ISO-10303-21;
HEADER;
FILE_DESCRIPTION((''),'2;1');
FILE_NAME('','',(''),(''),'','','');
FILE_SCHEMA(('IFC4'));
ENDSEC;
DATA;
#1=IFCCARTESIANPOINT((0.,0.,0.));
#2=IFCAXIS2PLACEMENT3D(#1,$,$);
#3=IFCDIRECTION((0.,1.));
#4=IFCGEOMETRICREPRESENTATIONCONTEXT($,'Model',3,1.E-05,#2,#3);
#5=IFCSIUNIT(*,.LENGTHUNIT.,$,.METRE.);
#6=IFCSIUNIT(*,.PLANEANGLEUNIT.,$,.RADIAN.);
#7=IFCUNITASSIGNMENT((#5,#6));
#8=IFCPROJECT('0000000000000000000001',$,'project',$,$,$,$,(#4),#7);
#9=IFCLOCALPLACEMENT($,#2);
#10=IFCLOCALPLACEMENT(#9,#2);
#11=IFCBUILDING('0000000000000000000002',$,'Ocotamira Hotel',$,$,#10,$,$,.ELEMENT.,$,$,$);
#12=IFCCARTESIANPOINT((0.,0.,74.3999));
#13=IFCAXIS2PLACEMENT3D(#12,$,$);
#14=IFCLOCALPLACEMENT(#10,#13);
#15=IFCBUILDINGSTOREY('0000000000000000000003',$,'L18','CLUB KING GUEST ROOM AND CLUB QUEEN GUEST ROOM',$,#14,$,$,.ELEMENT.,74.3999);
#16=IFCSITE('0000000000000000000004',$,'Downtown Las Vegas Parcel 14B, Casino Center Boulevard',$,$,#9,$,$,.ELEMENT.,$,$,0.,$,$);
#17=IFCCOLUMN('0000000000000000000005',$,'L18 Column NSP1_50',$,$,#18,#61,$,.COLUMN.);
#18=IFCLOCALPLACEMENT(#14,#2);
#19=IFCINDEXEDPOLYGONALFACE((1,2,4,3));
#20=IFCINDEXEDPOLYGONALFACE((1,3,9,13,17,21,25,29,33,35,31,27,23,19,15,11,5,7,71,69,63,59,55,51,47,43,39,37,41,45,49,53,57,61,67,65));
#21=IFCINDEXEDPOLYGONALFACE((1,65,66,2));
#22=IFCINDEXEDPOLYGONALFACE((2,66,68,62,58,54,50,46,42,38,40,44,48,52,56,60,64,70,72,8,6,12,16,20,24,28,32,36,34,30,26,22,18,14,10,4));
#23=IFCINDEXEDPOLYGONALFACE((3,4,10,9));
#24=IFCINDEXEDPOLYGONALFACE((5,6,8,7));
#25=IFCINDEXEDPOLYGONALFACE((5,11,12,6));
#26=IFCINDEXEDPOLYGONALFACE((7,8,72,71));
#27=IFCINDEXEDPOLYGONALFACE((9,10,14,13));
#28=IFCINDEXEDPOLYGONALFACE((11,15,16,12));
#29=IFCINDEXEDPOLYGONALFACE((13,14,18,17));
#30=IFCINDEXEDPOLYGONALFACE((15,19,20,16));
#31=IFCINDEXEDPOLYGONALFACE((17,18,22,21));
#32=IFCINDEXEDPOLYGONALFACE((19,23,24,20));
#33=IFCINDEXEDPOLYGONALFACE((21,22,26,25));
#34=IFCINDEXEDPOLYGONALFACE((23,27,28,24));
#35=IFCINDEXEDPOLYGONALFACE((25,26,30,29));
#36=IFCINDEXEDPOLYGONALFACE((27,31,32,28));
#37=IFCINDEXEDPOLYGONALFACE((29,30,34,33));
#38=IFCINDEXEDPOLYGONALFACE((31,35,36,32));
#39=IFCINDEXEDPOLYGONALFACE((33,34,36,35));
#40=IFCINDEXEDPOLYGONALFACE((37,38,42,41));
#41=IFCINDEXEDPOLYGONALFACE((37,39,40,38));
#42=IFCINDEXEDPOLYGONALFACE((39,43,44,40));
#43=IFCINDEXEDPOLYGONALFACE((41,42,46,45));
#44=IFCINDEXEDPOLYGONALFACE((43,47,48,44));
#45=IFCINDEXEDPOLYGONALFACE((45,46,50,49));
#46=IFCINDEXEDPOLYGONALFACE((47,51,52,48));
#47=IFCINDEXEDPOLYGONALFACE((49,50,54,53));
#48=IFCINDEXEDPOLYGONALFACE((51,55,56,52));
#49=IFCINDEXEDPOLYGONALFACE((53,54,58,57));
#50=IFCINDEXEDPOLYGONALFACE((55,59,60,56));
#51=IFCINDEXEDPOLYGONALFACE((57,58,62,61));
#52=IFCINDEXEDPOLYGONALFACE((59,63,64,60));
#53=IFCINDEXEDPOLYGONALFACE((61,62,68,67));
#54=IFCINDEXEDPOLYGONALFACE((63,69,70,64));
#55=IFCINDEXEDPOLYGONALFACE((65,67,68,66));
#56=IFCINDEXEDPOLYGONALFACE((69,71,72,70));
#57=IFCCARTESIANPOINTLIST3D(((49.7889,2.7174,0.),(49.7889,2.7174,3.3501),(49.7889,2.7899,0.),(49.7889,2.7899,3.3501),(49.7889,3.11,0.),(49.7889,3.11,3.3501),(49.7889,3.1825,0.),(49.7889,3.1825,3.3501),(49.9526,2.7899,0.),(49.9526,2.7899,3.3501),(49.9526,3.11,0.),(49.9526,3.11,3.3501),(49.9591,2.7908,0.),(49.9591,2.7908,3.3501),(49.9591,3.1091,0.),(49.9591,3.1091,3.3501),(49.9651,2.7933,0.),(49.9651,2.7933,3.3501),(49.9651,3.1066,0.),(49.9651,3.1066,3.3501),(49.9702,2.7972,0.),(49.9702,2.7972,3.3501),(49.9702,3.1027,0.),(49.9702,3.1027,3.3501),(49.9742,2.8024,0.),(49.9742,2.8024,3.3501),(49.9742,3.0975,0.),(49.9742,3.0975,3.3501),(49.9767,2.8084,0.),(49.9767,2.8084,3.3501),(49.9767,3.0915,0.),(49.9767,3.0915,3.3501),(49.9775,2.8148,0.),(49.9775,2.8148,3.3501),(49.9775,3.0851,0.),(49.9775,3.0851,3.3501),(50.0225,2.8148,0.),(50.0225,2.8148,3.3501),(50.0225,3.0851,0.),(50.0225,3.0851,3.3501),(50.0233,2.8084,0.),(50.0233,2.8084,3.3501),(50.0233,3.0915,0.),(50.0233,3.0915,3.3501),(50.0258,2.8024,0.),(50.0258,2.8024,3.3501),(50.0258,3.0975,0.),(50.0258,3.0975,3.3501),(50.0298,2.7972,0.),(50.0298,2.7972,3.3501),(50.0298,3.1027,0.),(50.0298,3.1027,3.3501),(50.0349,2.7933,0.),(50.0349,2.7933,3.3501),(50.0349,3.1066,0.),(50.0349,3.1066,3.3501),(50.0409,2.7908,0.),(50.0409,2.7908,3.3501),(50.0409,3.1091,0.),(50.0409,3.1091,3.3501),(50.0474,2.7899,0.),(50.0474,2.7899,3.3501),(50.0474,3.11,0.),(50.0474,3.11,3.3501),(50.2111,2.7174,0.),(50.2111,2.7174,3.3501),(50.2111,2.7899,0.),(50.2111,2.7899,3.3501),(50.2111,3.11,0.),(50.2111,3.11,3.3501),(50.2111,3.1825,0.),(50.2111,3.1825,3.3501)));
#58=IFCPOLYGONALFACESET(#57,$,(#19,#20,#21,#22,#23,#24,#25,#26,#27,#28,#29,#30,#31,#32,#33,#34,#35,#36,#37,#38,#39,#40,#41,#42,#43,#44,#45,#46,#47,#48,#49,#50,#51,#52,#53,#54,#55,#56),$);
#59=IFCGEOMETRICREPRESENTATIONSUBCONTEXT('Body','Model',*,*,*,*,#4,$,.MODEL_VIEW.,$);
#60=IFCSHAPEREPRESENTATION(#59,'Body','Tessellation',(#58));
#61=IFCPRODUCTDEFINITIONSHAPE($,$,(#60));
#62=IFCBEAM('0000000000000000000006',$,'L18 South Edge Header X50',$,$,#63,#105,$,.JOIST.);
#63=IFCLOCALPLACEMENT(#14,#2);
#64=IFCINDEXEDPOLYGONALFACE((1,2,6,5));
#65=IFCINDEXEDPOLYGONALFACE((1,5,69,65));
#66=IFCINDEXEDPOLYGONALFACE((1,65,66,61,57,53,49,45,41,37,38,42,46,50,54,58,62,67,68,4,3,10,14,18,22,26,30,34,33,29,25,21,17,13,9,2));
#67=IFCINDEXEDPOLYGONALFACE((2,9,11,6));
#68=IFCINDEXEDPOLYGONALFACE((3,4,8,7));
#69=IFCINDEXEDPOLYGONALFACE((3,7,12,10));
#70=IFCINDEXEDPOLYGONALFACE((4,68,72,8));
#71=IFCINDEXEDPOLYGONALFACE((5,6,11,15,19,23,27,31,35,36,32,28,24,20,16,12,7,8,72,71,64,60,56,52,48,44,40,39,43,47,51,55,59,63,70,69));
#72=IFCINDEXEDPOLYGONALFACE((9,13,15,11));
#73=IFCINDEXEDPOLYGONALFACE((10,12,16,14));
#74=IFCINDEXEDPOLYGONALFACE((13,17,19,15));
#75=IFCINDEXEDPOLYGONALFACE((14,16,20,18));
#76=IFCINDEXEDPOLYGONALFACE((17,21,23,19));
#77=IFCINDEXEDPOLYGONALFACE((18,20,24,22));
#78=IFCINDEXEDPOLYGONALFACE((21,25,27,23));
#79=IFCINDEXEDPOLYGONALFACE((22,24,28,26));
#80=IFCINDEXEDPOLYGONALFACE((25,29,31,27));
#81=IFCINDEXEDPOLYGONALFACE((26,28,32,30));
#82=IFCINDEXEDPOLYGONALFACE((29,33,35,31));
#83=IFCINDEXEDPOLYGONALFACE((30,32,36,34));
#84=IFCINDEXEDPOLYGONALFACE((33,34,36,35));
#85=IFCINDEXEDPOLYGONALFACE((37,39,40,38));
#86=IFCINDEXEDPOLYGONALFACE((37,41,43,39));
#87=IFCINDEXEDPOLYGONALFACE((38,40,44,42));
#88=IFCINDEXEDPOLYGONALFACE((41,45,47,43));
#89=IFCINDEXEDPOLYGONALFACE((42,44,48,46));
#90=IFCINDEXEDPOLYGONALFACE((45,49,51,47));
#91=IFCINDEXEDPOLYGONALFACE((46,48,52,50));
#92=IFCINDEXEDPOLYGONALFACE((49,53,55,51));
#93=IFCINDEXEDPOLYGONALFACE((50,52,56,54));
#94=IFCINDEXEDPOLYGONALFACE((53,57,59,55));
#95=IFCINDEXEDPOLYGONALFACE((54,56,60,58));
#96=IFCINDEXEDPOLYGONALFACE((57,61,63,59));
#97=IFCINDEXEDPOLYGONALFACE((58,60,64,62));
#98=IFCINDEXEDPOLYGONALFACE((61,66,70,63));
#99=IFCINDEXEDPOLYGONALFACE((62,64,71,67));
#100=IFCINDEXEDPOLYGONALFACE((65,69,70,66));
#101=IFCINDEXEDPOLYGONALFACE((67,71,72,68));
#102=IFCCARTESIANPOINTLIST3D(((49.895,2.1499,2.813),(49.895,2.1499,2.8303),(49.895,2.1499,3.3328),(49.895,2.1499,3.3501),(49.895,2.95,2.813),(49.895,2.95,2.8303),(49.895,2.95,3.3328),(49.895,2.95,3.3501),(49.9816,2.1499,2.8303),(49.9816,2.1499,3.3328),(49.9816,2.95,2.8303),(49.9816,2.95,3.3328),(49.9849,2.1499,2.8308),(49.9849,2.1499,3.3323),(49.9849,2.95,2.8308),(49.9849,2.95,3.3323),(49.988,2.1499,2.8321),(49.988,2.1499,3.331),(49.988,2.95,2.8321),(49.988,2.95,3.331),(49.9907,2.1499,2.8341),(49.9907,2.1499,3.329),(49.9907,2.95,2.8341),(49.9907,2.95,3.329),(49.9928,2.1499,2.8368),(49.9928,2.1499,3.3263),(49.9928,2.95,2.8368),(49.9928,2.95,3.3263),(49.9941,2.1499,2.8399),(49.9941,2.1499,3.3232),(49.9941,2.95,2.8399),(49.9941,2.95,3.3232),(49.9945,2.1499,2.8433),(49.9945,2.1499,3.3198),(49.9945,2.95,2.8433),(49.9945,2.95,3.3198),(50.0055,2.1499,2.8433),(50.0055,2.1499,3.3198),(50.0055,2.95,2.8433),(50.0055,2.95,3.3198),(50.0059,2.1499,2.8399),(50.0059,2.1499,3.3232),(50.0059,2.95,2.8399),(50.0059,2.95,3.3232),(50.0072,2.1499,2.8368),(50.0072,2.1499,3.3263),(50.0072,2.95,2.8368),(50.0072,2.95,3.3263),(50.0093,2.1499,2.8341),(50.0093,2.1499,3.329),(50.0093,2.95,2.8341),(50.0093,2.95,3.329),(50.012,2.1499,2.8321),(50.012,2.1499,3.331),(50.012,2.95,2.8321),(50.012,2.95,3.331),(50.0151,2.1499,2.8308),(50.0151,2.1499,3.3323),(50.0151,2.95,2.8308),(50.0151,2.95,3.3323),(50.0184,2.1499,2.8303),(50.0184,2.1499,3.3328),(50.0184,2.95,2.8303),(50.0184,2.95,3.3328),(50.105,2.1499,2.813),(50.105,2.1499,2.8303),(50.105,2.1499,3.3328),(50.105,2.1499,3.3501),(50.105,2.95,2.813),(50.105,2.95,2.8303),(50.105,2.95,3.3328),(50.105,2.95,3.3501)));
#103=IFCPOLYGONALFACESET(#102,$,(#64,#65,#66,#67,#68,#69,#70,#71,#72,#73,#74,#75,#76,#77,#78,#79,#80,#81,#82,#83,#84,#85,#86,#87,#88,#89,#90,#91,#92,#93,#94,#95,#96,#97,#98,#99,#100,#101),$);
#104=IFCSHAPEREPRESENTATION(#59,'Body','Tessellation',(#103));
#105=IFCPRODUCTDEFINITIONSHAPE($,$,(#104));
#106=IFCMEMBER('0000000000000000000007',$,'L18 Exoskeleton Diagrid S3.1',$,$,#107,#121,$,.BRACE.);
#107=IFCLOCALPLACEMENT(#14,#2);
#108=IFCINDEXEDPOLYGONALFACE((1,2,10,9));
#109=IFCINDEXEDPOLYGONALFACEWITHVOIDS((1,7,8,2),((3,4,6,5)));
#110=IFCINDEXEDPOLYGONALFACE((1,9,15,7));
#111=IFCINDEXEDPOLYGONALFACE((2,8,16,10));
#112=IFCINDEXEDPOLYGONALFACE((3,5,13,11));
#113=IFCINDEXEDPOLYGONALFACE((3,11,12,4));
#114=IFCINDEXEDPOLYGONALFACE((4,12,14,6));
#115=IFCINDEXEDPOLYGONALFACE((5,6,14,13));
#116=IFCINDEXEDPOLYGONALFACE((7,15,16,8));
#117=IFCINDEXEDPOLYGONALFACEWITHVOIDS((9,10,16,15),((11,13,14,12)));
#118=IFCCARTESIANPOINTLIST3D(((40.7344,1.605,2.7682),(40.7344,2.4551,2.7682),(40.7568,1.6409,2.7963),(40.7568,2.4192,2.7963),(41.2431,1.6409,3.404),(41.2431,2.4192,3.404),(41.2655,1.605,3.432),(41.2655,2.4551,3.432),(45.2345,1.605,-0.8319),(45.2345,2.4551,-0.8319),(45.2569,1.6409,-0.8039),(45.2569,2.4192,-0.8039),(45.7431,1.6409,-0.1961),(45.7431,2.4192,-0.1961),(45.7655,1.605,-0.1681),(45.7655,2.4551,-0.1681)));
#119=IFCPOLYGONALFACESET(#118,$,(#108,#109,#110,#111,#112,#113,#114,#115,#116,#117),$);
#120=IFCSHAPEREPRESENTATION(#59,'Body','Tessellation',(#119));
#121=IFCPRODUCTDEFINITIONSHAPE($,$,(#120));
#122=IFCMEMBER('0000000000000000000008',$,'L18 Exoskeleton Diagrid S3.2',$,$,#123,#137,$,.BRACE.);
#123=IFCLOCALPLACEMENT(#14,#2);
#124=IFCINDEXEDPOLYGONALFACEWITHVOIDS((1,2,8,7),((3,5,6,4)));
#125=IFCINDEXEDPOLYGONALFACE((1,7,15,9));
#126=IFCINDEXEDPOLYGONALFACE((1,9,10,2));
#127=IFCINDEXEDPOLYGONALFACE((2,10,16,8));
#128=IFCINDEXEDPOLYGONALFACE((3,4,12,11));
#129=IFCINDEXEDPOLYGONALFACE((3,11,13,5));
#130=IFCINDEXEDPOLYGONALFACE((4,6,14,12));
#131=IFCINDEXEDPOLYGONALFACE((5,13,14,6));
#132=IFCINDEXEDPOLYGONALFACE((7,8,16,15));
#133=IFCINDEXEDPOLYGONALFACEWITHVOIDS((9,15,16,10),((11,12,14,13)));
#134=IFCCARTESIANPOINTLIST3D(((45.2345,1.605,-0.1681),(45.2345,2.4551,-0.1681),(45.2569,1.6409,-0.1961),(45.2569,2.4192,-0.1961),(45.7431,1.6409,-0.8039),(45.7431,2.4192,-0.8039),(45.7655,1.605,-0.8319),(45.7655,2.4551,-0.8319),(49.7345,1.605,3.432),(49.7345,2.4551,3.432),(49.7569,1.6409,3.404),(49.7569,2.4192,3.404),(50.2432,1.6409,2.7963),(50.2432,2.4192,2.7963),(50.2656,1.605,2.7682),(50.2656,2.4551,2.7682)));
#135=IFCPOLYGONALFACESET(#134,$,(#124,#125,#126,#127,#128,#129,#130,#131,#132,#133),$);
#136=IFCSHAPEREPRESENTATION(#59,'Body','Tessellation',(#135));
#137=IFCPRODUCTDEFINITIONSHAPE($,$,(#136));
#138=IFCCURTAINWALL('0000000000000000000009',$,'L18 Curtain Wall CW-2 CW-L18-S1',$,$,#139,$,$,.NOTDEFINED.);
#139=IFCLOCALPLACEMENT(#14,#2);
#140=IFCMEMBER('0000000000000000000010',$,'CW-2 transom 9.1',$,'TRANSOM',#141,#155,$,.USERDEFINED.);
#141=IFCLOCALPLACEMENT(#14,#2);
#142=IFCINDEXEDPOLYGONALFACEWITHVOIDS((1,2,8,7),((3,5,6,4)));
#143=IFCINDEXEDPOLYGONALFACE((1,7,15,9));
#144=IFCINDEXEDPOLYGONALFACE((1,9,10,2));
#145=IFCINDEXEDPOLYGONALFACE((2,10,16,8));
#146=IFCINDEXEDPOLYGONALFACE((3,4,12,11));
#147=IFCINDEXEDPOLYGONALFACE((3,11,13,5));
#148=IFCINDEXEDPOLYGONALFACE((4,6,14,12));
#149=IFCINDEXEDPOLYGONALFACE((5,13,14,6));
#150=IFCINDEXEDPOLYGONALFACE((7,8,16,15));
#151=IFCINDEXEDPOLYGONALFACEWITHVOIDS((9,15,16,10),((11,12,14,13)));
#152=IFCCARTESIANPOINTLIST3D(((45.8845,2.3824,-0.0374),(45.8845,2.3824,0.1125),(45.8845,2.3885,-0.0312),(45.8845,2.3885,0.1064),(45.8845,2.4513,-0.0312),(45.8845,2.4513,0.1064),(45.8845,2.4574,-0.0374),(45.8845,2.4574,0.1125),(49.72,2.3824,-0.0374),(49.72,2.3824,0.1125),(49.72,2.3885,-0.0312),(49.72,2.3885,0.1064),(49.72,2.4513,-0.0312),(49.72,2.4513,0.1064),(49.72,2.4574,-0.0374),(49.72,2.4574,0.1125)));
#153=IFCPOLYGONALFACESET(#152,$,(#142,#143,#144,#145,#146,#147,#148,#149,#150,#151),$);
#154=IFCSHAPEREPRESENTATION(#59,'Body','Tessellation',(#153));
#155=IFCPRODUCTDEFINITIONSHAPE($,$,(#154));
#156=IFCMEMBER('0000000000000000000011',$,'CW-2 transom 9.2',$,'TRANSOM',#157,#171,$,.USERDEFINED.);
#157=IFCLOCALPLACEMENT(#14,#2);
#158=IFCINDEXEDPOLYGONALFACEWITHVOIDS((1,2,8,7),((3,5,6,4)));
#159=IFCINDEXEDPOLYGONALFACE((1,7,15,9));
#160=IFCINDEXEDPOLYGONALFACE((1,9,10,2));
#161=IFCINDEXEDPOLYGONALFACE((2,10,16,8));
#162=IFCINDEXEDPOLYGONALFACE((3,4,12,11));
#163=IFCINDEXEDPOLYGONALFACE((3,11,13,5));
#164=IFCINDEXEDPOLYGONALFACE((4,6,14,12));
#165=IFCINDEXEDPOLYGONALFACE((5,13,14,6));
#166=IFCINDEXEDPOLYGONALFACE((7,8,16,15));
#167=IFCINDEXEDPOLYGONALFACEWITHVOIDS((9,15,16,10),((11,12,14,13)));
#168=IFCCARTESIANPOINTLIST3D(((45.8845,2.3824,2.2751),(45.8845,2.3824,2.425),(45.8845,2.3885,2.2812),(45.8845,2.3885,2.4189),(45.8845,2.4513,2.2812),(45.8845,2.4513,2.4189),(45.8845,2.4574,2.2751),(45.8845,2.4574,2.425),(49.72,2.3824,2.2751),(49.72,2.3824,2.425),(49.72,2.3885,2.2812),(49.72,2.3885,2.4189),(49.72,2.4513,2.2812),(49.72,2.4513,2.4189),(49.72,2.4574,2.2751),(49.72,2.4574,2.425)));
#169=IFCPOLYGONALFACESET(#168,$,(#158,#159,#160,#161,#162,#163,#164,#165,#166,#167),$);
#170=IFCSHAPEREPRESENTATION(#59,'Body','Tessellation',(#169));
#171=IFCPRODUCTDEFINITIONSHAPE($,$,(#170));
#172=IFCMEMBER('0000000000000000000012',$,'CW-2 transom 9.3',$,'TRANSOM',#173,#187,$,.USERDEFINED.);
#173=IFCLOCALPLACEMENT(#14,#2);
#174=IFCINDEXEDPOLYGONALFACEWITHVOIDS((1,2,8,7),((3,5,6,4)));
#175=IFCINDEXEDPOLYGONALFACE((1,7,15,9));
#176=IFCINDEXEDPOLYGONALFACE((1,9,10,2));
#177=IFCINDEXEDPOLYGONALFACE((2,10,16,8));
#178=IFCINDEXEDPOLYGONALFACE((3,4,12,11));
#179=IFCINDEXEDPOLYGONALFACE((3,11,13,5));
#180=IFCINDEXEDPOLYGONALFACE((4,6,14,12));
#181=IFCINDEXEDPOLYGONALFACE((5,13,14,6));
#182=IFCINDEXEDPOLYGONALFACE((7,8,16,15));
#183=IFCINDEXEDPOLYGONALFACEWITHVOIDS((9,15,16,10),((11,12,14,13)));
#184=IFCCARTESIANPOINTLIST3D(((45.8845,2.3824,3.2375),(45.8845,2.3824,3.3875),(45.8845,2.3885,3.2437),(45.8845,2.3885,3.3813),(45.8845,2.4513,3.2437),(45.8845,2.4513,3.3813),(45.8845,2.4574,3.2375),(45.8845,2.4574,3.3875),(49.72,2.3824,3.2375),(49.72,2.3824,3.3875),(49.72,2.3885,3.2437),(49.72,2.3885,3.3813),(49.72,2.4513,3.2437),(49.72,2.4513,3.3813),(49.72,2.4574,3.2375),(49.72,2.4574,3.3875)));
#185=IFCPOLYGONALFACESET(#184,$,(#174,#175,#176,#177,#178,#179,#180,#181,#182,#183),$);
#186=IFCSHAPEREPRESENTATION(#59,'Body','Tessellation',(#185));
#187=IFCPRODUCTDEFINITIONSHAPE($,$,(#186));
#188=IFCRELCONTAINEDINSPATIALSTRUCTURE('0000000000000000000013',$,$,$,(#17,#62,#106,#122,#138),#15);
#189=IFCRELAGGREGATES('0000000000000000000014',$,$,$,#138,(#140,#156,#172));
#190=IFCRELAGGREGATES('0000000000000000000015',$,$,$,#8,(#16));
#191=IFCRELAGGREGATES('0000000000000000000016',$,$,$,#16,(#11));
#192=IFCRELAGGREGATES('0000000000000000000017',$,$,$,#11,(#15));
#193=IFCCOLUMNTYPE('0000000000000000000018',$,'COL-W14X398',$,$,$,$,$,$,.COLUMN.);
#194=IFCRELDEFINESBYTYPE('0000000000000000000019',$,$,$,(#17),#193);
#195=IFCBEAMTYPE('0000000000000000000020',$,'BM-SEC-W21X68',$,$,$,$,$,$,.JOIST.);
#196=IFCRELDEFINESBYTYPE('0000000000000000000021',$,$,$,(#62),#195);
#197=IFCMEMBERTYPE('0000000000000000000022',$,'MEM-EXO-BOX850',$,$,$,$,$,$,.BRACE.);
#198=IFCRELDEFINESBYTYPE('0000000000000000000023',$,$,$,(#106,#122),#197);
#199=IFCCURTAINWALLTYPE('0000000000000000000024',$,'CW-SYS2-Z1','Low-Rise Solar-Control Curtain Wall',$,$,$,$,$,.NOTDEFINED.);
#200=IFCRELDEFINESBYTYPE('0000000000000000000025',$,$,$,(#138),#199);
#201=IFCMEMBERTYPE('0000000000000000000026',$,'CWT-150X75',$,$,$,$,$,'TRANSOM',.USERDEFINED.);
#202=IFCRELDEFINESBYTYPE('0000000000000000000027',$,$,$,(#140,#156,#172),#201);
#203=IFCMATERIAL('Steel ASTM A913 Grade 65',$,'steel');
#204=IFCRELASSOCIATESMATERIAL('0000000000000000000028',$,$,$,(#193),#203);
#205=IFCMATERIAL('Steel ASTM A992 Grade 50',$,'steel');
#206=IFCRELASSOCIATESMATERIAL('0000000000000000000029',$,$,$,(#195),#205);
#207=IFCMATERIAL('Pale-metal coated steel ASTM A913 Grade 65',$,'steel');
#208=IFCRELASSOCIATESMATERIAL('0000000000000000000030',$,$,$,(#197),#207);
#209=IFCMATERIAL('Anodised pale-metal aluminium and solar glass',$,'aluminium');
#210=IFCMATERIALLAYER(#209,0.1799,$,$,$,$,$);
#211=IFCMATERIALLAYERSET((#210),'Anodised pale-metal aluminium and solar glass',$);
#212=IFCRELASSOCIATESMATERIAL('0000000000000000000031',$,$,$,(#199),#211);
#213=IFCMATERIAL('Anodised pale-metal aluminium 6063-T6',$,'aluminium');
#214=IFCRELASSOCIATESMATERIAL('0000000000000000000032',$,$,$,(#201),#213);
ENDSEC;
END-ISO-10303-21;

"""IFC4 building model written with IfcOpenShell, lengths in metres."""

from ifc_helpers import new_model, si_unit, direction, frame, origin, origin_2d, place, context, subcontext, project, spatial, hollow_rectangle, i_section, extrude, source, transform, mapped, material, layer, layer_set, material_profile, profile_set, type_object, element, aggregate, save


model = new_model("IFC4")

# Units and contexts
model_context = context("Model", 3, precision=1e-05, world=origin(), true_north=direction((0.0, 1.0)))
body_context = subcontext(model_context, "Body", "Model", "MODEL_VIEW")
ifc_project = project(units=[si_unit("LENGTHUNIT", "METRE"), si_unit("PLANEANGLEUNIT", "RADIAN")], contexts=[model_context])

# Site, building, storey
site_placement = place(None, origin())
site = spatial("IfcSite", under=ifc_project, at=site_placement, Name="Downtown Las Vegas Parcel 14B, Casino Center Boulevard", CompositionType="ELEMENT", RefElevation=0.0)
building_placement = place(site_placement, origin())
building = spatial("IfcBuilding", under=site, at=building_placement, Name="Ocotamira Hotel", CompositionType="ELEMENT")
storey_placement = place(building_placement, frame((0.0, 0.0, 74.3999)))
storey = spatial("IfcBuildingStorey", under=building, at=storey_placement, Name="L18", Description="CLUB KING GUEST ROOM AND CLUB QUEEN GUEST ROOM", CompositionType="ELEMENT", Elevation=74.3999)

# Column
ifc_material_1 = material(Name="Steel ASTM A913 Grade 65", Category="steel")
ifc_material_profile_1 = material_profile(ifc_material_1, i_section(OverallWidth=0.4221, OverallDepth=0.4651, WebThickness=0.0449, FlangeThickness=0.0725, FilletRadius=0.0249, at=origin_2d()), Name="W14X398")
ifc_profile_set_1 = profile_set([ifc_material_profile_1], Name="Steel ASTM A913 Grade 65")
column_type = type_object("IfcColumnType", Name="COL-W14X398", PredefinedType="COLUMN", material=ifc_profile_set_1)
shared_shape_1 = source(origin(), body_context, "Body", "SweptSolid", [
    extrude(i_section(OverallWidth=0.4221, OverallDepth=0.4651, WebThickness=0.0449, FlangeThickness=0.0725, FilletRadius=0.0249, at=origin_2d()), origin(), (0.0, 0.0, 1.0), 3.3501),
])
column_placement = place(storey_placement, frame((50.0, 2.95, 0.0), z_axis=(0.0, 0.0, 1.0), x_axis=(1.0, 0.0, 0.0)))
element("IfcColumn", 1, at=column_placement, inside=storey, type_object=column_type, Name="L18 Column NSP1_50", PredefinedType="COLUMN", context=body_context, shape_type="MappedRepresentation", body=[
    mapped(shared_shape_1, transform((0.0, 0.0, 0.0), scale=1.0)),
])

# Beam
ifc_material_2 = material(Name="Steel ASTM A992 Grade 50", Category="steel")
ifc_material_profile_2 = material_profile(ifc_material_2, i_section(OverallWidth=0.21, OverallDepth=0.5371, WebThickness=0.011, FlangeThickness=0.0173, FilletRadius=0.0129, at=origin_2d()), Name="W21X68")
ifc_profile_set_2 = profile_set([ifc_material_profile_2], Name="Steel ASTM A992 Grade 50")
beam_type = type_object("IfcBeamType", Name="BM-SEC-W21X68", PredefinedType="JOIST", material=ifc_profile_set_2)
shared_shape_2 = source(origin(), body_context, "Body", "SweptSolid", [
    extrude(i_section(OverallWidth=0.21, OverallDepth=0.5371, WebThickness=0.011, FlangeThickness=0.0173, FilletRadius=0.0129, at=origin_2d()), origin(), (0.0, 0.0, 1.0), 0.8),
])
beam_placement = place(storey_placement, frame((50.0, 2.95, 3.0815), z_axis=(0.0, -1.0, 0.0), x_axis=(1.0, 0.0, 0.0)))
element("IfcBeam", 2, at=beam_placement, inside=storey, type_object=beam_type, Name="L18 South Edge Header X50", PredefinedType="JOIST", context=body_context, shape_type="MappedRepresentation", body=[
    mapped(shared_shape_2, transform((0.0, 0.0, 0.0), scale=1.0)),
])

# Members
ifc_material_3 = material(Name="Pale-metal coated steel ASTM A913 Grade 65", Category="steel")
ifc_material_profile_3 = material_profile(ifc_material_3, hollow_rectangle(XDim=0.8501, YDim=0.8501, WallThickness=0.0359, at=origin_2d()), Name="BOX850X850X36")
ifc_profile_set_3 = profile_set([ifc_material_profile_3], Name="Pale-metal coated steel ASTM A913 Grade 65")
member_type_1 = type_object("IfcMemberType", Name="MEM-EXO-BOX850", PredefinedType="BRACE", material=ifc_profile_set_3)
shared_shape_3 = source(origin(), body_context, "Body", "SweptSolid", [
    extrude(hollow_rectangle(XDim=0.8501, YDim=0.8501, WallThickness=0.0359, at=origin_2d()), origin(), (0.0, 0.0, 1.0), 5.7629),
])
for number, where, z_axis, x_axis, name in (
    (3, (45.5, 2.03, -0.5), (-0.780861, 0.0, 0.624705), (0.0, -1.0, 0.0), "L18 Exoskeleton Diagrid S3.1"),
    (4, (45.5, 2.03, -0.5), (0.780861, 0.0, 0.624705), (0.0, 1.0, 0.0), "L18 Exoskeleton Diagrid S3.2"),
):
    element("IfcMember", number, at=place(storey_placement, frame(where, z_axis=z_axis, x_axis=x_axis)), inside=storey, type_object=member_type_1, Name=name, PredefinedType="BRACE", context=body_context, shape_type="MappedRepresentation", body=[
        mapped(shared_shape_3, transform((0.0, 0.0, 0.0), scale=1.0)),
    ])

# Curtain wall, members
ifc_material_4 = material(Name="Anodised pale-metal aluminium and solar glass", Category="aluminium")
ifc_layer_1 = layer(ifc_material_4, 0.1799)
ifc_layer_set_1 = layer_set([ifc_layer_1], Name="Anodised pale-metal aluminium and solar glass")
curtain_wall_type = type_object("IfcCurtainWallType", Name="CW-SYS2-Z1", Description="Low-Rise Solar-Control Curtain Wall", PredefinedType="NOTDEFINED", material=ifc_layer_set_1)
curtain_wall_placement = place(storey_placement, origin())
curtain_wall = element("IfcCurtainWall", 5, at=curtain_wall_placement, inside=storey, type_object=curtain_wall_type, Name="L18 Curtain Wall CW-2 CW-L18-S1", PredefinedType="NOTDEFINED")
ifc_material_5 = material(Name="Anodised pale-metal aluminium 6063-T6", Category="aluminium")
ifc_material_profile_4 = material_profile(ifc_material_5, hollow_rectangle(XDim=0.075, YDim=0.1499, WallThickness=0.0061, at=origin_2d()), Name="HSS150X75X6")
ifc_profile_set_4 = profile_set([ifc_material_profile_4], Name="Anodised pale-metal aluminium 6063-T6")
member_type_2 = type_object("IfcMemberType", Name="CWT-150X75", ElementType="TRANSOM", PredefinedType="USERDEFINED", material=ifc_profile_set_4)
shared_shape_4 = source(origin(), body_context, "Body", "SweptSolid", [
    extrude(hollow_rectangle(XDim=0.075, YDim=0.1499, WallThickness=0.0061, at=origin_2d()), origin(), (0.0, 0.0, 1.0), 3.8354),
])
member_1_placement = place(storey_placement, frame((45.8845, 2.4199, 0.0376), z_axis=(1.0, 0.0, 0.0), x_axis=(0.0, 1.0, 0.0)))
member_1 = element("IfcMember", 6, at=member_1_placement, type_object=member_type_2, Name="CW-2 transom 9.1", ObjectType="TRANSOM", PredefinedType="USERDEFINED", context=body_context, shape_type="MappedRepresentation", body=[
    mapped(shared_shape_4, transform((0.0, 0.0, 0.0), scale=1.0)),
])
member_2_placement = place(storey_placement, frame((45.8845, 2.4199, 2.3501), z_axis=(1.0, 0.0, 0.0), x_axis=(0.0, 1.0, 0.0)))
member_2 = element("IfcMember", 7, at=member_2_placement, type_object=member_type_2, Name="CW-2 transom 9.2", ObjectType="TRANSOM", PredefinedType="USERDEFINED", context=body_context, shape_type="MappedRepresentation", body=[
    mapped(shared_shape_4, transform((0.0, 0.0, 0.0), scale=1.0)),
])
member_3_placement = place(storey_placement, frame((45.8845, 2.4199, 3.3125), z_axis=(1.0, 0.0, 0.0), x_axis=(0.0, 1.0, 0.0)))
member_3 = element("IfcMember", 8, at=member_3_placement, type_object=member_type_2, Name="CW-2 transom 9.3", ObjectType="TRANSOM", PredefinedType="USERDEFINED", context=body_context, shape_type="MappedRepresentation", body=[
    mapped(shared_shape_4, transform((0.0, 0.0, 0.0), scale=1.0)),
])

aggregate(curtain_wall, [member_1, member_2, member_3])

save(model, "model.ifc")
